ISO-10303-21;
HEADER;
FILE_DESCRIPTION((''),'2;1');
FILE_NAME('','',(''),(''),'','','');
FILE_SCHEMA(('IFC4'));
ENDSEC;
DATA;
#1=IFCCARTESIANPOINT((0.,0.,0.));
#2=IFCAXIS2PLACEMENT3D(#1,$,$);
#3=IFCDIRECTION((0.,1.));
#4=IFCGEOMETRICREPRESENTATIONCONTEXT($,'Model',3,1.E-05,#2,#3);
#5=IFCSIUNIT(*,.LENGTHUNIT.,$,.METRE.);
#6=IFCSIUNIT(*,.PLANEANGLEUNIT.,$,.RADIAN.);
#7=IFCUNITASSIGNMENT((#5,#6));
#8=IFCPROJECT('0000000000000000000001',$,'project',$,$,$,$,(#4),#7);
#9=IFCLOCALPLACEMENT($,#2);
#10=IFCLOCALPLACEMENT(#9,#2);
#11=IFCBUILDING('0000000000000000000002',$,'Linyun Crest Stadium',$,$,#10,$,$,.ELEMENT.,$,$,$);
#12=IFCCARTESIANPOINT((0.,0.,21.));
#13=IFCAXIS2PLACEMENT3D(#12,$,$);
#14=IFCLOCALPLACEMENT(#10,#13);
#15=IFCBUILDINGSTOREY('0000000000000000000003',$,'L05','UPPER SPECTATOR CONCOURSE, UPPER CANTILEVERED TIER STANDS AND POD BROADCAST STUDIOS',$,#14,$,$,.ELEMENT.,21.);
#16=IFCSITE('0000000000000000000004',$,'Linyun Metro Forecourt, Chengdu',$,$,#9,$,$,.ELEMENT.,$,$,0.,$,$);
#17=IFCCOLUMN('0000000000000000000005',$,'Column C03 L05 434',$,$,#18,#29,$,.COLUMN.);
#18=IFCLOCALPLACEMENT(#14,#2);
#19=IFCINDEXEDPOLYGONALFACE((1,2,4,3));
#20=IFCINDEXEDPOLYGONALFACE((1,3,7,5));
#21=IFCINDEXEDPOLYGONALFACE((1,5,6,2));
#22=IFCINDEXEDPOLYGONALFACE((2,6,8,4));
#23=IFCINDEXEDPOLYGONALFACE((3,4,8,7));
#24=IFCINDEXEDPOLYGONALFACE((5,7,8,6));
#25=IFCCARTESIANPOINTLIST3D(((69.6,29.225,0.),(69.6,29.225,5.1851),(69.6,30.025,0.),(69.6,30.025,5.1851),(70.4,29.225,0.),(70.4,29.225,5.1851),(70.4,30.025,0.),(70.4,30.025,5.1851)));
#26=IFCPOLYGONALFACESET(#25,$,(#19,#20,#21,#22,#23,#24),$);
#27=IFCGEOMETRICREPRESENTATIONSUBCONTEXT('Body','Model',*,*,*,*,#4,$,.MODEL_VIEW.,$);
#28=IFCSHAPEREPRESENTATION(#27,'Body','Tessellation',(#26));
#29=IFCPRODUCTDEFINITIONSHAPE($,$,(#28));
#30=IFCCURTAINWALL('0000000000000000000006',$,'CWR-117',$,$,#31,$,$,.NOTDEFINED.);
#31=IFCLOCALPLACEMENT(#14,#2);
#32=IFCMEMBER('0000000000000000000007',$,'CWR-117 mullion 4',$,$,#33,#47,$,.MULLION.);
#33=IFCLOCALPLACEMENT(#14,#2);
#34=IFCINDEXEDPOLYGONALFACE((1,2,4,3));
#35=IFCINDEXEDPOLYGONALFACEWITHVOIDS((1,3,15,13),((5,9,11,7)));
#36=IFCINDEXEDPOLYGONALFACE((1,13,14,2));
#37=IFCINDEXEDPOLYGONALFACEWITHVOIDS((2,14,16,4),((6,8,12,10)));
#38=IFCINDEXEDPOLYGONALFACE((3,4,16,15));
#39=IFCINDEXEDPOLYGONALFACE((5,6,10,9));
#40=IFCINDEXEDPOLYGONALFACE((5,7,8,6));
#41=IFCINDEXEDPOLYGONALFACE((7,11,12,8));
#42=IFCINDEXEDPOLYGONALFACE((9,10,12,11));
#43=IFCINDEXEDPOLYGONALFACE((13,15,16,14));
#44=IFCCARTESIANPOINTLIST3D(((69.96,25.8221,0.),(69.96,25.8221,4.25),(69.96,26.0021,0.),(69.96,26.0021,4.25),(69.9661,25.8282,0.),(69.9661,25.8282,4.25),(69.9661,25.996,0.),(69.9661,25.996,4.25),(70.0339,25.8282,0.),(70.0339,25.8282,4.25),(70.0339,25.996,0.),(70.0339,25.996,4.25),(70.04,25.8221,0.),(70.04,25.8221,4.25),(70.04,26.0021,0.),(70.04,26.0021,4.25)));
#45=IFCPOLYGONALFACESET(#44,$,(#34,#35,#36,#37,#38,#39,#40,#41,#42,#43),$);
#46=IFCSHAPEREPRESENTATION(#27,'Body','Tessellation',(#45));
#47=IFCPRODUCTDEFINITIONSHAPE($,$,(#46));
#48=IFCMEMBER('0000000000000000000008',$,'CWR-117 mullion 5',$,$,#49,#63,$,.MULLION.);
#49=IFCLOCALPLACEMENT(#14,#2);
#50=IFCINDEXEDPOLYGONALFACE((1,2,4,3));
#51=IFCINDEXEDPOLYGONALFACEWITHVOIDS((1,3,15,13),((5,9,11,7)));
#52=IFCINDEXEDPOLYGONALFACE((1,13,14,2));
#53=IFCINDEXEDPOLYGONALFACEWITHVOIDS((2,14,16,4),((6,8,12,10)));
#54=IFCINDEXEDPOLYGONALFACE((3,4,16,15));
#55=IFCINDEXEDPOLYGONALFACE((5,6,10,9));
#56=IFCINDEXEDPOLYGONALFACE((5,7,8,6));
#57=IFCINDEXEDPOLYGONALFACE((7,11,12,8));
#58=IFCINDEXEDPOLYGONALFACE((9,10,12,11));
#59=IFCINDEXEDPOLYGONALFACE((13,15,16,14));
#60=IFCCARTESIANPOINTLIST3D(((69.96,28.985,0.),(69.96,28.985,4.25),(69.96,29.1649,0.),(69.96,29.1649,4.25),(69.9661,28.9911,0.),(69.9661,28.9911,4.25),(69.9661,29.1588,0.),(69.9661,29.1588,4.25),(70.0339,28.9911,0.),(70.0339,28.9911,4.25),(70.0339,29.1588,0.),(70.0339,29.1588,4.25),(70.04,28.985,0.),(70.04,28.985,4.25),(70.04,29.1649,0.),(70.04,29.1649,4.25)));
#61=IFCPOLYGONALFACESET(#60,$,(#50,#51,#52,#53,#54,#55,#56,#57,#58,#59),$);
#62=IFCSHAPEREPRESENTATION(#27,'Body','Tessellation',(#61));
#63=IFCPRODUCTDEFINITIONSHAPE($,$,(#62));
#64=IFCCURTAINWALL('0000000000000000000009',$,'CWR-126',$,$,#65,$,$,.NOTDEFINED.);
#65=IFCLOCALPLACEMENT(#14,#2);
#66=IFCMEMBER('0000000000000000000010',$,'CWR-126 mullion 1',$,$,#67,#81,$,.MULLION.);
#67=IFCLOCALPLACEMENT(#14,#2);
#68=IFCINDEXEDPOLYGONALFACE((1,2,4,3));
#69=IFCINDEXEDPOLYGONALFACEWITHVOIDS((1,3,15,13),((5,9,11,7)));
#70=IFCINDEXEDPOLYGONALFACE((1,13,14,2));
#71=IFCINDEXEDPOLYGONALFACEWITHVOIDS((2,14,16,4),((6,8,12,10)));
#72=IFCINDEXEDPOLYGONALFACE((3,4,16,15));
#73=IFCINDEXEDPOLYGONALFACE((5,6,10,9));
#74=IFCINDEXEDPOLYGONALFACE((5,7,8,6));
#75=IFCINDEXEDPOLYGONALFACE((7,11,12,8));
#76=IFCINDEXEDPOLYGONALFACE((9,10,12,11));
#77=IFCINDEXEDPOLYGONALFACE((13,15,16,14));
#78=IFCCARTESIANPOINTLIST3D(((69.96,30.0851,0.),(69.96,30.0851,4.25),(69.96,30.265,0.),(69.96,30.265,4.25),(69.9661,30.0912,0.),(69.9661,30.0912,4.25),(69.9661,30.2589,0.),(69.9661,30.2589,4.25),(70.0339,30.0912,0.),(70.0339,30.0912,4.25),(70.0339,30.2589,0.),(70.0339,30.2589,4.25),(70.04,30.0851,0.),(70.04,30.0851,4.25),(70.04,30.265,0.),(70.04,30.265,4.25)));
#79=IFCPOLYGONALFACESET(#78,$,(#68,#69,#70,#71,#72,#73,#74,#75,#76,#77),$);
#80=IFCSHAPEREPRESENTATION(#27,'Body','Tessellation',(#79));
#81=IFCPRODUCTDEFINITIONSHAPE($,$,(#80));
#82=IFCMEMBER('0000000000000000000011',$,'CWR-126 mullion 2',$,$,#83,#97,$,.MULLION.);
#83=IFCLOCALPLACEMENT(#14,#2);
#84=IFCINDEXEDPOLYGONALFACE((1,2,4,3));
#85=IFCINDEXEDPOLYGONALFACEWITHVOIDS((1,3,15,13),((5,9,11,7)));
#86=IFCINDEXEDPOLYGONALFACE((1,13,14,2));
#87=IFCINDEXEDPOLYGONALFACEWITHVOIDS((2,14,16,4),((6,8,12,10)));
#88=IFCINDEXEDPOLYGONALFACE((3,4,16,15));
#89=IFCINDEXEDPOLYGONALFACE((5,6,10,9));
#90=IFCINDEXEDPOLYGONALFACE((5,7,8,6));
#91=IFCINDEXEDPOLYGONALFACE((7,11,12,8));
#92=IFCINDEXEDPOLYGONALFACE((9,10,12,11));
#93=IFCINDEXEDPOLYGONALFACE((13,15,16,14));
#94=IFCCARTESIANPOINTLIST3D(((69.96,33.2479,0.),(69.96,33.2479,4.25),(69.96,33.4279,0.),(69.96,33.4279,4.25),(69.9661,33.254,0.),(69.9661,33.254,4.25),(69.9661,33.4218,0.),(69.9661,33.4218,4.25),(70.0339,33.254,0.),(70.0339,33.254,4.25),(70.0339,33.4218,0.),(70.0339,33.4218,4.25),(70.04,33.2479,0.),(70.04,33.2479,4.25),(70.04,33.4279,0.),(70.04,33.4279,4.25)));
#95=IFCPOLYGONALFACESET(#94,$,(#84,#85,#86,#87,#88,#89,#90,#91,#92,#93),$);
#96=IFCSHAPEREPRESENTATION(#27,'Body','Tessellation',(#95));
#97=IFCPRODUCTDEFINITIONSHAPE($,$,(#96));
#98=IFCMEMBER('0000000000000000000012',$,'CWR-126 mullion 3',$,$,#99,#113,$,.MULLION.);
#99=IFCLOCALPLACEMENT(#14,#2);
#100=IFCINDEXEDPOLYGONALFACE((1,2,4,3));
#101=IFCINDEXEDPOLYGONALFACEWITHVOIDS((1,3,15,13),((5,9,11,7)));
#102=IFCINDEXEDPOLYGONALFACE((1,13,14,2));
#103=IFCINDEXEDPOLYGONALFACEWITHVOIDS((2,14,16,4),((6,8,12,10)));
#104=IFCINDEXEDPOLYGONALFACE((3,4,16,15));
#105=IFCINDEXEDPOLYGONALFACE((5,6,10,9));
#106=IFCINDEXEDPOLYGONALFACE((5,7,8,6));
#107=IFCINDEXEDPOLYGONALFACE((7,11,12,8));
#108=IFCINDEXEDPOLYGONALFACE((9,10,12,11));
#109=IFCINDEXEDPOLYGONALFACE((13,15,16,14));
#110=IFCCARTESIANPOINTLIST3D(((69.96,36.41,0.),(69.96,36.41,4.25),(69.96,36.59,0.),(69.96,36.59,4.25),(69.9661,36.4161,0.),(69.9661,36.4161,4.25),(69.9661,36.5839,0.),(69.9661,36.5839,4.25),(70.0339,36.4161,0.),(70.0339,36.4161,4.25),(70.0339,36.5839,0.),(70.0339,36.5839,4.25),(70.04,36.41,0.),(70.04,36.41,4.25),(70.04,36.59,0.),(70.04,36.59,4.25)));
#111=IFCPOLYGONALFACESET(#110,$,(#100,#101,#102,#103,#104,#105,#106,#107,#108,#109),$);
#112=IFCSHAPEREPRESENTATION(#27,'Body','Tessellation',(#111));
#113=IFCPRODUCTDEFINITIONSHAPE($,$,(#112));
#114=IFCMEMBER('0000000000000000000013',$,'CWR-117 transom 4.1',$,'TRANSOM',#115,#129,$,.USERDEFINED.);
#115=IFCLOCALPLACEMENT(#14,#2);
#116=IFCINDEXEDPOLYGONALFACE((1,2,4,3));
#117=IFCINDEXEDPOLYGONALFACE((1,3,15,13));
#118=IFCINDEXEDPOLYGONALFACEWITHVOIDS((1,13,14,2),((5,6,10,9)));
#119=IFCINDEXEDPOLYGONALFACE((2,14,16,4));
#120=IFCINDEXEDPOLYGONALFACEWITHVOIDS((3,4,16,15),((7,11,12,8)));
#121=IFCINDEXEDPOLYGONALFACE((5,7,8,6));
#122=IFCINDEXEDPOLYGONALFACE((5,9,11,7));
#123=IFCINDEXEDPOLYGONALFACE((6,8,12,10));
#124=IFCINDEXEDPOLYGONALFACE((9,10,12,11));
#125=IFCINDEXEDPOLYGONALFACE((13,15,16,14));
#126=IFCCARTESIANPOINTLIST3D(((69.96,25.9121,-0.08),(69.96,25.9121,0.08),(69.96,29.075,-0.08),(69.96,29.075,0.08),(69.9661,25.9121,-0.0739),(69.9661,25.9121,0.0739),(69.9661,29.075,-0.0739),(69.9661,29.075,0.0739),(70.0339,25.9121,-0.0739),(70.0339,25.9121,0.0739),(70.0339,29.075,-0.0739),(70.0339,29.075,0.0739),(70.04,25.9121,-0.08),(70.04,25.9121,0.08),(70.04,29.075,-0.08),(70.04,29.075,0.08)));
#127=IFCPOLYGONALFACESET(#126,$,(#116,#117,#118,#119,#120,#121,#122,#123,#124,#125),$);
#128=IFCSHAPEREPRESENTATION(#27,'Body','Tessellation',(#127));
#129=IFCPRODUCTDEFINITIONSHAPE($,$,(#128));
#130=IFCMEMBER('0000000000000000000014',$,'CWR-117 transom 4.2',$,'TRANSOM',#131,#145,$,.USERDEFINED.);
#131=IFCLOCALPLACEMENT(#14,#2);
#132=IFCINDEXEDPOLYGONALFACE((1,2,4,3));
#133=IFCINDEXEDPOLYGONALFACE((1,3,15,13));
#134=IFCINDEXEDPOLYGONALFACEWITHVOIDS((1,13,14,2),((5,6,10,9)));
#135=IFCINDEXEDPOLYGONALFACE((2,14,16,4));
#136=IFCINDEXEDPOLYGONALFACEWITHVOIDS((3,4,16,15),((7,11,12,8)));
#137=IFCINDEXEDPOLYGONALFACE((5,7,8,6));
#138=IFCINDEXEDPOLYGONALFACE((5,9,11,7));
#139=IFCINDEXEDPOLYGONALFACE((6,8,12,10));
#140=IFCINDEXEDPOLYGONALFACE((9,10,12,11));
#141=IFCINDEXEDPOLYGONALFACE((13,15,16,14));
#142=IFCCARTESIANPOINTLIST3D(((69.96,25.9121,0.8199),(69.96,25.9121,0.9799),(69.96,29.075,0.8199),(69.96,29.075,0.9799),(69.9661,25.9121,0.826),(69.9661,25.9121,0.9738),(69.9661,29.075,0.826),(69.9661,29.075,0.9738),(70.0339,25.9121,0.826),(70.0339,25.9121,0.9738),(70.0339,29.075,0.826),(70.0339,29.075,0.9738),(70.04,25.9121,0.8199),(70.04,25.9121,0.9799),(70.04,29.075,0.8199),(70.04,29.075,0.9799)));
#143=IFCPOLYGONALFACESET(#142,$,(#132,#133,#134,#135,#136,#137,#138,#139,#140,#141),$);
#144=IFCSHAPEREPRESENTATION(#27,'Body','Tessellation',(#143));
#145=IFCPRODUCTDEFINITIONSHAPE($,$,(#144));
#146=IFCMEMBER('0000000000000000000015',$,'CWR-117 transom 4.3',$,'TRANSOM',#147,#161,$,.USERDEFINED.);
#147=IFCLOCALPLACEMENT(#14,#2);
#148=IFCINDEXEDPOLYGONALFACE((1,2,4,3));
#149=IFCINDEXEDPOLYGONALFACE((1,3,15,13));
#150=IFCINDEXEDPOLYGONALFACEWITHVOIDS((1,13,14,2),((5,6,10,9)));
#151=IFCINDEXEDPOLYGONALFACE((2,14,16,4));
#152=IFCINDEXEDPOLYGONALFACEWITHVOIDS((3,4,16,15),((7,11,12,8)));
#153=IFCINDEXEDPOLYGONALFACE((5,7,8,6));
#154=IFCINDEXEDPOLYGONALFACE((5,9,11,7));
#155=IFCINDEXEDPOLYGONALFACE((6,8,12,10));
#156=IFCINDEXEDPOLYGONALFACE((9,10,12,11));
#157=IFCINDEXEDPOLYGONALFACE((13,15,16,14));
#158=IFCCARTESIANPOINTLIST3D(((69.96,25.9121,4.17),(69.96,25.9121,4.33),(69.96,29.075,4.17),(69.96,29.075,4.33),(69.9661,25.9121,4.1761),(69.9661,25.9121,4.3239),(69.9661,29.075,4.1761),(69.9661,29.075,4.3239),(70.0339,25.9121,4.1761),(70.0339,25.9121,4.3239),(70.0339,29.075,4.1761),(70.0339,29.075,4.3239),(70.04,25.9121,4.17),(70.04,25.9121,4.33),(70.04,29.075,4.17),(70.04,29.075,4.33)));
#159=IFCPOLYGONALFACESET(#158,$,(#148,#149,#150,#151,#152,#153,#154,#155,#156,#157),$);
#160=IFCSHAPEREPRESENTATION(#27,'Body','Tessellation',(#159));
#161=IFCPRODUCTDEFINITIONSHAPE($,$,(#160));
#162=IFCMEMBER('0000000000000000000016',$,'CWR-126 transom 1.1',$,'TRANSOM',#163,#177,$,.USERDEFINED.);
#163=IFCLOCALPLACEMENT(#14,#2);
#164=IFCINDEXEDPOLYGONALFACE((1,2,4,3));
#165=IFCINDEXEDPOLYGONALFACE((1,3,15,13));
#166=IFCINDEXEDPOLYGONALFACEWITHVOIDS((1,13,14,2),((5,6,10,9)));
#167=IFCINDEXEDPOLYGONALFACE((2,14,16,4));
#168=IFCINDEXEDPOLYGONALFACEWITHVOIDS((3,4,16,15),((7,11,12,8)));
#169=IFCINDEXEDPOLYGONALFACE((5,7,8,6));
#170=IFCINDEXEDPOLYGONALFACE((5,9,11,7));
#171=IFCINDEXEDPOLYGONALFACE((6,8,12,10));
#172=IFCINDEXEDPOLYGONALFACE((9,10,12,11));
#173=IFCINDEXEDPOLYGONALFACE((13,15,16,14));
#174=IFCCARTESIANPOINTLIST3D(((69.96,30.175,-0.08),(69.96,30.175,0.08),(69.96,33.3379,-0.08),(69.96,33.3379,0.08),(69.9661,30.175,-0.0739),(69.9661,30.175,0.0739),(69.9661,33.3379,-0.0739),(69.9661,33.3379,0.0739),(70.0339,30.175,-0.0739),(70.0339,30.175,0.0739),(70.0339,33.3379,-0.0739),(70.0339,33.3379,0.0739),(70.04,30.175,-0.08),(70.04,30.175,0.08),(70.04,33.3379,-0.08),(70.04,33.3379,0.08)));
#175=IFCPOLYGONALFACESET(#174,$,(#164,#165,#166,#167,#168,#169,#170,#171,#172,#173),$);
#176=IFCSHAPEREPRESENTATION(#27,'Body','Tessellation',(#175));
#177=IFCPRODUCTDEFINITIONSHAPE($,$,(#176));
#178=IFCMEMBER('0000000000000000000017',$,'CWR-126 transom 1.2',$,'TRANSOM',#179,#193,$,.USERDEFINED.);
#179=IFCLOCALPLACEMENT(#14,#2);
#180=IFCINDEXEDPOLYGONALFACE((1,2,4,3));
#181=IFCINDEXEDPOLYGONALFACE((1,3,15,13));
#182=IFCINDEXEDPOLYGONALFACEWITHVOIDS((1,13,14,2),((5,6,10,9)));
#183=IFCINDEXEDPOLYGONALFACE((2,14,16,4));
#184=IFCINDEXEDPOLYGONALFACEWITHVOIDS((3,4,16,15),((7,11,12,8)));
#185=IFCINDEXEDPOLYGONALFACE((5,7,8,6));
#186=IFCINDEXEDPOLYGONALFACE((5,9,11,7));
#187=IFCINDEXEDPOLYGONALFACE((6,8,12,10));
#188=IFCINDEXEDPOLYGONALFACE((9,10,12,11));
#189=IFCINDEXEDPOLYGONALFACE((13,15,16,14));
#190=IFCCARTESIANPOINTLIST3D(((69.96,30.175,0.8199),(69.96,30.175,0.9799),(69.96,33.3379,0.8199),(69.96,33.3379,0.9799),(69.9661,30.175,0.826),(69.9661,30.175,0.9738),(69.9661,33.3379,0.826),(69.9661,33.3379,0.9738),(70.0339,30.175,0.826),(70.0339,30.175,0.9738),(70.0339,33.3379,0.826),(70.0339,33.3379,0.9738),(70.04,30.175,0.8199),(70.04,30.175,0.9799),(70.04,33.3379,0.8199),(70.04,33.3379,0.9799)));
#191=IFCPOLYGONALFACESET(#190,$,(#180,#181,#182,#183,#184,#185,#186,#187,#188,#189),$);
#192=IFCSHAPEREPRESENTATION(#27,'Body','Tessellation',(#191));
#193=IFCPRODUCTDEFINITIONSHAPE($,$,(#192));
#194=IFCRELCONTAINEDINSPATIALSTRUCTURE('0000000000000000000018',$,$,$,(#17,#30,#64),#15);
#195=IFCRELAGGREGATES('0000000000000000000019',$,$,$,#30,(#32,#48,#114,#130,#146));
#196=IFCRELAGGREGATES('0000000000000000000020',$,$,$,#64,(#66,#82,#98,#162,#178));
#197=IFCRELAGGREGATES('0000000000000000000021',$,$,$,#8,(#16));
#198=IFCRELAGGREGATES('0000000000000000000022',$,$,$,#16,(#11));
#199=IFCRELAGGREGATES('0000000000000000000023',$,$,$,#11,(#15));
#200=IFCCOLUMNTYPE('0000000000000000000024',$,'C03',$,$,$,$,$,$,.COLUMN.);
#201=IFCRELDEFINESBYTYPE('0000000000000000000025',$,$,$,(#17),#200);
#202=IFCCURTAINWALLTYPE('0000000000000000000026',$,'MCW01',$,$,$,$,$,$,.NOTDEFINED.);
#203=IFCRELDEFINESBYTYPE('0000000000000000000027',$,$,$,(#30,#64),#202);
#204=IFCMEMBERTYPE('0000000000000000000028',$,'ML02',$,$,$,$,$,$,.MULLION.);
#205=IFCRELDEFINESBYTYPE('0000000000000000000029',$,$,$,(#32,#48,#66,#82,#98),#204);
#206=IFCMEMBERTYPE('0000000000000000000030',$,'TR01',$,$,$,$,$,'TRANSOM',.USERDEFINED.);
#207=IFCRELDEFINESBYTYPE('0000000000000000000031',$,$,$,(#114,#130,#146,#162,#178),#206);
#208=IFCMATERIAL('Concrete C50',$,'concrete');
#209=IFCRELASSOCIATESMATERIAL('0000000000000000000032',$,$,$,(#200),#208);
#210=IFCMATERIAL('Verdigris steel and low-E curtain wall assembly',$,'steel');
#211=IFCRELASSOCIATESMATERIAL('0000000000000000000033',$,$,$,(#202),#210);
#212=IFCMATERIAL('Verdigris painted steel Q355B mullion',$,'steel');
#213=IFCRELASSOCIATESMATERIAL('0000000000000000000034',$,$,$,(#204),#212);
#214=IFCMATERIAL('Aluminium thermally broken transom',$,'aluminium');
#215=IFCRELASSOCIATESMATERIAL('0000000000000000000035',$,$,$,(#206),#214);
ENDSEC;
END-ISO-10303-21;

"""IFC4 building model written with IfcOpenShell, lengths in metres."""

from ifc_helpers import new_model, si_unit, direction, frame, origin, origin_2d, place, context, subcontext, project, spatial, rectangle, hollow_rectangle, extrude, material, material_profile, profile_set, type_object, element, aggregate, save


model = new_model("IFC4")

# Units and contexts
model_context = context("Model", 3, precision=1e-05, world=origin(), true_north=direction((0.0, 1.0)))
body_context = subcontext(model_context, "Body", "Model", "MODEL_VIEW")
ifc_project = project(units=[si_unit("LENGTHUNIT", "METRE"), si_unit("PLANEANGLEUNIT", "RADIAN")], contexts=[model_context])

# Site, building, storey
site_placement = place(None, origin())
site = spatial("IfcSite", under=ifc_project, at=site_placement, Name="Linyun Metro Forecourt, Chengdu", CompositionType="ELEMENT", RefElevation=0.0)
building_placement = place(site_placement, origin())
building = spatial("IfcBuilding", under=site, at=building_placement, Name="Linyun Crest Stadium", CompositionType="ELEMENT")
storey_placement = place(building_placement, frame((0.0, 0.0, 21.0)))
storey = spatial("IfcBuildingStorey", under=building, at=storey_placement, Name="L05", Description="UPPER SPECTATOR CONCOURSE, UPPER CANTILEVERED TIER STANDS AND POD BROADCAST STUDIOS", CompositionType="ELEMENT", Elevation=21.0)

# Column
ifc_material_1 = material(Name="Concrete C50", Category="concrete")
ifc_material_profile_1 = material_profile(ifc_material_1, rectangle(XDim=0.8, YDim=0.8, at=origin_2d()), Name="RC 800x800")
ifc_profile_set_1 = profile_set([ifc_material_profile_1], Name="Concrete C50")
column_type = type_object("IfcColumnType", Name="C03", PredefinedType="COLUMN", material=ifc_profile_set_1)
column_placement = place(storey_placement, frame((70.0, 29.625, 0.0), z_axis=(0.0, 0.0, 1.0), x_axis=(1.0, 0.0, 0.0)))
element("IfcColumn", 1, at=column_placement, inside=storey, type_object=column_type, Name="Column C03 L05 434", PredefinedType="COLUMN", context=body_context, shape_type="SweptSolid", body=[
    extrude(rectangle(XDim=0.8, YDim=0.8, at=origin_2d()), origin(), (0.0, 0.0, 1.0), 5.1851),
])

# Curtain walls, members
ifc_material_2 = material(Name="Verdigris steel and low-E curtain wall assembly", Category="steel")
curtain_wall_type = type_object("IfcCurtainWallType", Name="MCW01", PredefinedType="NOTDEFINED", material=ifc_material_2)
curtain_wall_1_placement = place(storey_placement, origin())
curtain_wall_1 = element("IfcCurtainWall", 2, at=curtain_wall_1_placement, inside=storey, type_object=curtain_wall_type, Name="CWR-117", PredefinedType="NOTDEFINED")
ifc_material_3 = material(Name="Verdigris painted steel Q355B mullion", Category="steel")
ifc_material_profile_2 = material_profile(ifc_material_3, hollow_rectangle(XDim=0.0801, YDim=0.1799, WallThickness=0.0061, at=origin_2d()), Name="RHS 180x80x6")
ifc_profile_set_2 = profile_set([ifc_material_profile_2], Name="Verdigris painted steel Q355B mullion")
member_type_1 = type_object("IfcMemberType", Name="ML02", PredefinedType="MULLION", material=ifc_profile_set_2)
member_1_placement = place(storey_placement, frame((70.0, 25.9121, 0.0), z_axis=(0.0, 0.0, 1.0), x_axis=(-1.0, 0.0, 0.0)))
member_1 = element("IfcMember", 3, at=member_1_placement, type_object=member_type_1, Name="CWR-117 mullion 4", PredefinedType="MULLION", context=body_context, shape_type="SweptSolid", body=[
    extrude(hollow_rectangle(XDim=0.0801, YDim=0.1799, WallThickness=0.0061, at=origin_2d()), origin(), (0.0, 0.0, 1.0), 4.25),
])
member_2_placement = place(storey_placement, frame((70.0, 29.075, 0.0), z_axis=(0.0, 0.0, 1.0), x_axis=(-1.0, 0.0, 0.0)))
member_2 = element("IfcMember", 4, at=member_2_placement, type_object=member_type_1, Name="CWR-117 mullion 5", PredefinedType="MULLION", context=body_context, shape_type="SweptSolid", body=[
    extrude(hollow_rectangle(XDim=0.0801, YDim=0.1799, WallThickness=0.0061, at=origin_2d()), origin(), (0.0, 0.0, 1.0), 4.25),
])
curtain_wall_2_placement = place(storey_placement, origin())
curtain_wall_2 = element("IfcCurtainWall", 5, at=curtain_wall_2_placement, inside=storey, type_object=curtain_wall_type, Name="CWR-126", PredefinedType="NOTDEFINED")
member_3_placement = place(storey_placement, frame((70.0, 30.175, 0.0), z_axis=(0.0, 0.0, 1.0), x_axis=(-1.0, 0.0, 0.0)))
member_3 = element("IfcMember", 6, at=member_3_placement, type_object=member_type_1, Name="CWR-126 mullion 1", PredefinedType="MULLION", context=body_context, shape_type="SweptSolid", body=[
    extrude(hollow_rectangle(XDim=0.0801, YDim=0.1799, WallThickness=0.0061, at=origin_2d()), origin(), (0.0, 0.0, 1.0), 4.25),
])
member_4_placement = place(storey_placement, frame((70.0, 33.3379, 0.0), z_axis=(0.0, 0.0, 1.0), x_axis=(-1.0, 0.0, 0.0)))
member_4 = element("IfcMember", 7, at=member_4_placement, type_object=member_type_1, Name="CWR-126 mullion 2", PredefinedType="MULLION", context=body_context, shape_type="SweptSolid", body=[
    extrude(hollow_rectangle(XDim=0.0801, YDim=0.1799, WallThickness=0.0061, at=origin_2d()), origin(), (0.0, 0.0, 1.0), 4.25),
])
member_5_placement = place(storey_placement, frame((70.0, 36.5, 0.0), z_axis=(0.0, 0.0, 1.0), x_axis=(-1.0, 0.0, 0.0)))
member_5 = element("IfcMember", 8, at=member_5_placement, type_object=member_type_1, Name="CWR-126 mullion 3", PredefinedType="MULLION", context=body_context, shape_type="SweptSolid", body=[
    extrude(hollow_rectangle(XDim=0.0801, YDim=0.1799, WallThickness=0.0061, at=origin_2d()), origin(), (0.0, 0.0, 1.0), 4.25),
])

# Members
ifc_material_4 = material(Name="Aluminium thermally broken transom", Category="aluminium")
ifc_material_profile_3 = material_profile(ifc_material_4, hollow_rectangle(XDim=0.0801, YDim=0.1599, WallThickness=0.0061, at=origin_2d()), Name="RHS 160x80x6")
ifc_profile_set_3 = profile_set([ifc_material_profile_3], Name="Aluminium thermally broken transom")
member_type_2 = type_object("IfcMemberType", Name="TR01", ElementType="TRANSOM", PredefinedType="USERDEFINED", material=ifc_profile_set_3)
member_6_placement = place(storey_placement, frame((70.0, 25.9121, 0.0), z_axis=(0.0, 1.0, 0.0), x_axis=(-1.0, 0.0, 0.0)))
member_6 = element("IfcMember", 9, at=member_6_placement, type_object=member_type_2, Name="CWR-117 transom 4.1", ObjectType="TRANSOM", PredefinedType="USERDEFINED", context=body_context, shape_type="SweptSolid", body=[
    extrude(hollow_rectangle(XDim=0.0801, YDim=0.1599, WallThickness=0.0061, at=origin_2d()), origin(), (0.0, 0.0, 1.0), 3.1628),
])
member_7_placement = place(storey_placement, frame((70.0, 25.9121, 0.8999), z_axis=(0.0, 1.0, 0.0), x_axis=(-1.0, 0.0, 0.0)))
member_7 = element("IfcMember", 10, at=member_7_placement, type_object=member_type_2, Name="CWR-117 transom 4.2", ObjectType="TRANSOM", PredefinedType="USERDEFINED", context=body_context, shape_type="SweptSolid", body=[
    extrude(hollow_rectangle(XDim=0.0801, YDim=0.1599, WallThickness=0.0061, at=origin_2d()), origin(), (0.0, 0.0, 1.0), 3.1628),
])
member_8_placement = place(storey_placement, frame((70.0, 25.9121, 4.25), z_axis=(0.0, 1.0, 0.0), x_axis=(-1.0, 0.0, 0.0)))
member_8 = element("IfcMember", 11, at=member_8_placement, type_object=member_type_2, Name="CWR-117 transom 4.3", ObjectType="TRANSOM", PredefinedType="USERDEFINED", context=body_context, shape_type="SweptSolid", body=[
    extrude(hollow_rectangle(XDim=0.0801, YDim=0.1599, WallThickness=0.0061, at=origin_2d()), origin(), (0.0, 0.0, 1.0), 3.1628),
])
member_9_placement = place(storey_placement, frame((70.0, 30.175, 0.0), z_axis=(0.0, 1.0, 0.0), x_axis=(-1.0, 0.0, 0.0)))
member_9 = element("IfcMember", 12, at=member_9_placement, type_object=member_type_2, Name="CWR-126 transom 1.1", ObjectType="TRANSOM", PredefinedType="USERDEFINED", context=body_context, shape_type="SweptSolid", body=[
    extrude(hollow_rectangle(XDim=0.0801, YDim=0.1599, WallThickness=0.0061, at=origin_2d()), origin(), (0.0, 0.0, 1.0), 3.1628),
])
member_10_placement = place(storey_placement, frame((70.0, 30.175, 0.8999), z_axis=(0.0, 1.0, 0.0), x_axis=(-1.0, 0.0, 0.0)))
member_10 = element("IfcMember", 13, at=member_10_placement, type_object=member_type_2, Name="CWR-126 transom 1.2", ObjectType="TRANSOM", PredefinedType="USERDEFINED", context=body_context, shape_type="SweptSolid", body=[
    extrude(hollow_rectangle(XDim=0.0801, YDim=0.1599, WallThickness=0.0061, at=origin_2d()), origin(), (0.0, 0.0, 1.0), 3.1628),
])

aggregate(curtain_wall_1, [member_1, member_2, member_6, member_7, member_8])
aggregate(curtain_wall_2, [member_3, member_4, member_5, member_9, member_10])

save(model, "model.ifc")
